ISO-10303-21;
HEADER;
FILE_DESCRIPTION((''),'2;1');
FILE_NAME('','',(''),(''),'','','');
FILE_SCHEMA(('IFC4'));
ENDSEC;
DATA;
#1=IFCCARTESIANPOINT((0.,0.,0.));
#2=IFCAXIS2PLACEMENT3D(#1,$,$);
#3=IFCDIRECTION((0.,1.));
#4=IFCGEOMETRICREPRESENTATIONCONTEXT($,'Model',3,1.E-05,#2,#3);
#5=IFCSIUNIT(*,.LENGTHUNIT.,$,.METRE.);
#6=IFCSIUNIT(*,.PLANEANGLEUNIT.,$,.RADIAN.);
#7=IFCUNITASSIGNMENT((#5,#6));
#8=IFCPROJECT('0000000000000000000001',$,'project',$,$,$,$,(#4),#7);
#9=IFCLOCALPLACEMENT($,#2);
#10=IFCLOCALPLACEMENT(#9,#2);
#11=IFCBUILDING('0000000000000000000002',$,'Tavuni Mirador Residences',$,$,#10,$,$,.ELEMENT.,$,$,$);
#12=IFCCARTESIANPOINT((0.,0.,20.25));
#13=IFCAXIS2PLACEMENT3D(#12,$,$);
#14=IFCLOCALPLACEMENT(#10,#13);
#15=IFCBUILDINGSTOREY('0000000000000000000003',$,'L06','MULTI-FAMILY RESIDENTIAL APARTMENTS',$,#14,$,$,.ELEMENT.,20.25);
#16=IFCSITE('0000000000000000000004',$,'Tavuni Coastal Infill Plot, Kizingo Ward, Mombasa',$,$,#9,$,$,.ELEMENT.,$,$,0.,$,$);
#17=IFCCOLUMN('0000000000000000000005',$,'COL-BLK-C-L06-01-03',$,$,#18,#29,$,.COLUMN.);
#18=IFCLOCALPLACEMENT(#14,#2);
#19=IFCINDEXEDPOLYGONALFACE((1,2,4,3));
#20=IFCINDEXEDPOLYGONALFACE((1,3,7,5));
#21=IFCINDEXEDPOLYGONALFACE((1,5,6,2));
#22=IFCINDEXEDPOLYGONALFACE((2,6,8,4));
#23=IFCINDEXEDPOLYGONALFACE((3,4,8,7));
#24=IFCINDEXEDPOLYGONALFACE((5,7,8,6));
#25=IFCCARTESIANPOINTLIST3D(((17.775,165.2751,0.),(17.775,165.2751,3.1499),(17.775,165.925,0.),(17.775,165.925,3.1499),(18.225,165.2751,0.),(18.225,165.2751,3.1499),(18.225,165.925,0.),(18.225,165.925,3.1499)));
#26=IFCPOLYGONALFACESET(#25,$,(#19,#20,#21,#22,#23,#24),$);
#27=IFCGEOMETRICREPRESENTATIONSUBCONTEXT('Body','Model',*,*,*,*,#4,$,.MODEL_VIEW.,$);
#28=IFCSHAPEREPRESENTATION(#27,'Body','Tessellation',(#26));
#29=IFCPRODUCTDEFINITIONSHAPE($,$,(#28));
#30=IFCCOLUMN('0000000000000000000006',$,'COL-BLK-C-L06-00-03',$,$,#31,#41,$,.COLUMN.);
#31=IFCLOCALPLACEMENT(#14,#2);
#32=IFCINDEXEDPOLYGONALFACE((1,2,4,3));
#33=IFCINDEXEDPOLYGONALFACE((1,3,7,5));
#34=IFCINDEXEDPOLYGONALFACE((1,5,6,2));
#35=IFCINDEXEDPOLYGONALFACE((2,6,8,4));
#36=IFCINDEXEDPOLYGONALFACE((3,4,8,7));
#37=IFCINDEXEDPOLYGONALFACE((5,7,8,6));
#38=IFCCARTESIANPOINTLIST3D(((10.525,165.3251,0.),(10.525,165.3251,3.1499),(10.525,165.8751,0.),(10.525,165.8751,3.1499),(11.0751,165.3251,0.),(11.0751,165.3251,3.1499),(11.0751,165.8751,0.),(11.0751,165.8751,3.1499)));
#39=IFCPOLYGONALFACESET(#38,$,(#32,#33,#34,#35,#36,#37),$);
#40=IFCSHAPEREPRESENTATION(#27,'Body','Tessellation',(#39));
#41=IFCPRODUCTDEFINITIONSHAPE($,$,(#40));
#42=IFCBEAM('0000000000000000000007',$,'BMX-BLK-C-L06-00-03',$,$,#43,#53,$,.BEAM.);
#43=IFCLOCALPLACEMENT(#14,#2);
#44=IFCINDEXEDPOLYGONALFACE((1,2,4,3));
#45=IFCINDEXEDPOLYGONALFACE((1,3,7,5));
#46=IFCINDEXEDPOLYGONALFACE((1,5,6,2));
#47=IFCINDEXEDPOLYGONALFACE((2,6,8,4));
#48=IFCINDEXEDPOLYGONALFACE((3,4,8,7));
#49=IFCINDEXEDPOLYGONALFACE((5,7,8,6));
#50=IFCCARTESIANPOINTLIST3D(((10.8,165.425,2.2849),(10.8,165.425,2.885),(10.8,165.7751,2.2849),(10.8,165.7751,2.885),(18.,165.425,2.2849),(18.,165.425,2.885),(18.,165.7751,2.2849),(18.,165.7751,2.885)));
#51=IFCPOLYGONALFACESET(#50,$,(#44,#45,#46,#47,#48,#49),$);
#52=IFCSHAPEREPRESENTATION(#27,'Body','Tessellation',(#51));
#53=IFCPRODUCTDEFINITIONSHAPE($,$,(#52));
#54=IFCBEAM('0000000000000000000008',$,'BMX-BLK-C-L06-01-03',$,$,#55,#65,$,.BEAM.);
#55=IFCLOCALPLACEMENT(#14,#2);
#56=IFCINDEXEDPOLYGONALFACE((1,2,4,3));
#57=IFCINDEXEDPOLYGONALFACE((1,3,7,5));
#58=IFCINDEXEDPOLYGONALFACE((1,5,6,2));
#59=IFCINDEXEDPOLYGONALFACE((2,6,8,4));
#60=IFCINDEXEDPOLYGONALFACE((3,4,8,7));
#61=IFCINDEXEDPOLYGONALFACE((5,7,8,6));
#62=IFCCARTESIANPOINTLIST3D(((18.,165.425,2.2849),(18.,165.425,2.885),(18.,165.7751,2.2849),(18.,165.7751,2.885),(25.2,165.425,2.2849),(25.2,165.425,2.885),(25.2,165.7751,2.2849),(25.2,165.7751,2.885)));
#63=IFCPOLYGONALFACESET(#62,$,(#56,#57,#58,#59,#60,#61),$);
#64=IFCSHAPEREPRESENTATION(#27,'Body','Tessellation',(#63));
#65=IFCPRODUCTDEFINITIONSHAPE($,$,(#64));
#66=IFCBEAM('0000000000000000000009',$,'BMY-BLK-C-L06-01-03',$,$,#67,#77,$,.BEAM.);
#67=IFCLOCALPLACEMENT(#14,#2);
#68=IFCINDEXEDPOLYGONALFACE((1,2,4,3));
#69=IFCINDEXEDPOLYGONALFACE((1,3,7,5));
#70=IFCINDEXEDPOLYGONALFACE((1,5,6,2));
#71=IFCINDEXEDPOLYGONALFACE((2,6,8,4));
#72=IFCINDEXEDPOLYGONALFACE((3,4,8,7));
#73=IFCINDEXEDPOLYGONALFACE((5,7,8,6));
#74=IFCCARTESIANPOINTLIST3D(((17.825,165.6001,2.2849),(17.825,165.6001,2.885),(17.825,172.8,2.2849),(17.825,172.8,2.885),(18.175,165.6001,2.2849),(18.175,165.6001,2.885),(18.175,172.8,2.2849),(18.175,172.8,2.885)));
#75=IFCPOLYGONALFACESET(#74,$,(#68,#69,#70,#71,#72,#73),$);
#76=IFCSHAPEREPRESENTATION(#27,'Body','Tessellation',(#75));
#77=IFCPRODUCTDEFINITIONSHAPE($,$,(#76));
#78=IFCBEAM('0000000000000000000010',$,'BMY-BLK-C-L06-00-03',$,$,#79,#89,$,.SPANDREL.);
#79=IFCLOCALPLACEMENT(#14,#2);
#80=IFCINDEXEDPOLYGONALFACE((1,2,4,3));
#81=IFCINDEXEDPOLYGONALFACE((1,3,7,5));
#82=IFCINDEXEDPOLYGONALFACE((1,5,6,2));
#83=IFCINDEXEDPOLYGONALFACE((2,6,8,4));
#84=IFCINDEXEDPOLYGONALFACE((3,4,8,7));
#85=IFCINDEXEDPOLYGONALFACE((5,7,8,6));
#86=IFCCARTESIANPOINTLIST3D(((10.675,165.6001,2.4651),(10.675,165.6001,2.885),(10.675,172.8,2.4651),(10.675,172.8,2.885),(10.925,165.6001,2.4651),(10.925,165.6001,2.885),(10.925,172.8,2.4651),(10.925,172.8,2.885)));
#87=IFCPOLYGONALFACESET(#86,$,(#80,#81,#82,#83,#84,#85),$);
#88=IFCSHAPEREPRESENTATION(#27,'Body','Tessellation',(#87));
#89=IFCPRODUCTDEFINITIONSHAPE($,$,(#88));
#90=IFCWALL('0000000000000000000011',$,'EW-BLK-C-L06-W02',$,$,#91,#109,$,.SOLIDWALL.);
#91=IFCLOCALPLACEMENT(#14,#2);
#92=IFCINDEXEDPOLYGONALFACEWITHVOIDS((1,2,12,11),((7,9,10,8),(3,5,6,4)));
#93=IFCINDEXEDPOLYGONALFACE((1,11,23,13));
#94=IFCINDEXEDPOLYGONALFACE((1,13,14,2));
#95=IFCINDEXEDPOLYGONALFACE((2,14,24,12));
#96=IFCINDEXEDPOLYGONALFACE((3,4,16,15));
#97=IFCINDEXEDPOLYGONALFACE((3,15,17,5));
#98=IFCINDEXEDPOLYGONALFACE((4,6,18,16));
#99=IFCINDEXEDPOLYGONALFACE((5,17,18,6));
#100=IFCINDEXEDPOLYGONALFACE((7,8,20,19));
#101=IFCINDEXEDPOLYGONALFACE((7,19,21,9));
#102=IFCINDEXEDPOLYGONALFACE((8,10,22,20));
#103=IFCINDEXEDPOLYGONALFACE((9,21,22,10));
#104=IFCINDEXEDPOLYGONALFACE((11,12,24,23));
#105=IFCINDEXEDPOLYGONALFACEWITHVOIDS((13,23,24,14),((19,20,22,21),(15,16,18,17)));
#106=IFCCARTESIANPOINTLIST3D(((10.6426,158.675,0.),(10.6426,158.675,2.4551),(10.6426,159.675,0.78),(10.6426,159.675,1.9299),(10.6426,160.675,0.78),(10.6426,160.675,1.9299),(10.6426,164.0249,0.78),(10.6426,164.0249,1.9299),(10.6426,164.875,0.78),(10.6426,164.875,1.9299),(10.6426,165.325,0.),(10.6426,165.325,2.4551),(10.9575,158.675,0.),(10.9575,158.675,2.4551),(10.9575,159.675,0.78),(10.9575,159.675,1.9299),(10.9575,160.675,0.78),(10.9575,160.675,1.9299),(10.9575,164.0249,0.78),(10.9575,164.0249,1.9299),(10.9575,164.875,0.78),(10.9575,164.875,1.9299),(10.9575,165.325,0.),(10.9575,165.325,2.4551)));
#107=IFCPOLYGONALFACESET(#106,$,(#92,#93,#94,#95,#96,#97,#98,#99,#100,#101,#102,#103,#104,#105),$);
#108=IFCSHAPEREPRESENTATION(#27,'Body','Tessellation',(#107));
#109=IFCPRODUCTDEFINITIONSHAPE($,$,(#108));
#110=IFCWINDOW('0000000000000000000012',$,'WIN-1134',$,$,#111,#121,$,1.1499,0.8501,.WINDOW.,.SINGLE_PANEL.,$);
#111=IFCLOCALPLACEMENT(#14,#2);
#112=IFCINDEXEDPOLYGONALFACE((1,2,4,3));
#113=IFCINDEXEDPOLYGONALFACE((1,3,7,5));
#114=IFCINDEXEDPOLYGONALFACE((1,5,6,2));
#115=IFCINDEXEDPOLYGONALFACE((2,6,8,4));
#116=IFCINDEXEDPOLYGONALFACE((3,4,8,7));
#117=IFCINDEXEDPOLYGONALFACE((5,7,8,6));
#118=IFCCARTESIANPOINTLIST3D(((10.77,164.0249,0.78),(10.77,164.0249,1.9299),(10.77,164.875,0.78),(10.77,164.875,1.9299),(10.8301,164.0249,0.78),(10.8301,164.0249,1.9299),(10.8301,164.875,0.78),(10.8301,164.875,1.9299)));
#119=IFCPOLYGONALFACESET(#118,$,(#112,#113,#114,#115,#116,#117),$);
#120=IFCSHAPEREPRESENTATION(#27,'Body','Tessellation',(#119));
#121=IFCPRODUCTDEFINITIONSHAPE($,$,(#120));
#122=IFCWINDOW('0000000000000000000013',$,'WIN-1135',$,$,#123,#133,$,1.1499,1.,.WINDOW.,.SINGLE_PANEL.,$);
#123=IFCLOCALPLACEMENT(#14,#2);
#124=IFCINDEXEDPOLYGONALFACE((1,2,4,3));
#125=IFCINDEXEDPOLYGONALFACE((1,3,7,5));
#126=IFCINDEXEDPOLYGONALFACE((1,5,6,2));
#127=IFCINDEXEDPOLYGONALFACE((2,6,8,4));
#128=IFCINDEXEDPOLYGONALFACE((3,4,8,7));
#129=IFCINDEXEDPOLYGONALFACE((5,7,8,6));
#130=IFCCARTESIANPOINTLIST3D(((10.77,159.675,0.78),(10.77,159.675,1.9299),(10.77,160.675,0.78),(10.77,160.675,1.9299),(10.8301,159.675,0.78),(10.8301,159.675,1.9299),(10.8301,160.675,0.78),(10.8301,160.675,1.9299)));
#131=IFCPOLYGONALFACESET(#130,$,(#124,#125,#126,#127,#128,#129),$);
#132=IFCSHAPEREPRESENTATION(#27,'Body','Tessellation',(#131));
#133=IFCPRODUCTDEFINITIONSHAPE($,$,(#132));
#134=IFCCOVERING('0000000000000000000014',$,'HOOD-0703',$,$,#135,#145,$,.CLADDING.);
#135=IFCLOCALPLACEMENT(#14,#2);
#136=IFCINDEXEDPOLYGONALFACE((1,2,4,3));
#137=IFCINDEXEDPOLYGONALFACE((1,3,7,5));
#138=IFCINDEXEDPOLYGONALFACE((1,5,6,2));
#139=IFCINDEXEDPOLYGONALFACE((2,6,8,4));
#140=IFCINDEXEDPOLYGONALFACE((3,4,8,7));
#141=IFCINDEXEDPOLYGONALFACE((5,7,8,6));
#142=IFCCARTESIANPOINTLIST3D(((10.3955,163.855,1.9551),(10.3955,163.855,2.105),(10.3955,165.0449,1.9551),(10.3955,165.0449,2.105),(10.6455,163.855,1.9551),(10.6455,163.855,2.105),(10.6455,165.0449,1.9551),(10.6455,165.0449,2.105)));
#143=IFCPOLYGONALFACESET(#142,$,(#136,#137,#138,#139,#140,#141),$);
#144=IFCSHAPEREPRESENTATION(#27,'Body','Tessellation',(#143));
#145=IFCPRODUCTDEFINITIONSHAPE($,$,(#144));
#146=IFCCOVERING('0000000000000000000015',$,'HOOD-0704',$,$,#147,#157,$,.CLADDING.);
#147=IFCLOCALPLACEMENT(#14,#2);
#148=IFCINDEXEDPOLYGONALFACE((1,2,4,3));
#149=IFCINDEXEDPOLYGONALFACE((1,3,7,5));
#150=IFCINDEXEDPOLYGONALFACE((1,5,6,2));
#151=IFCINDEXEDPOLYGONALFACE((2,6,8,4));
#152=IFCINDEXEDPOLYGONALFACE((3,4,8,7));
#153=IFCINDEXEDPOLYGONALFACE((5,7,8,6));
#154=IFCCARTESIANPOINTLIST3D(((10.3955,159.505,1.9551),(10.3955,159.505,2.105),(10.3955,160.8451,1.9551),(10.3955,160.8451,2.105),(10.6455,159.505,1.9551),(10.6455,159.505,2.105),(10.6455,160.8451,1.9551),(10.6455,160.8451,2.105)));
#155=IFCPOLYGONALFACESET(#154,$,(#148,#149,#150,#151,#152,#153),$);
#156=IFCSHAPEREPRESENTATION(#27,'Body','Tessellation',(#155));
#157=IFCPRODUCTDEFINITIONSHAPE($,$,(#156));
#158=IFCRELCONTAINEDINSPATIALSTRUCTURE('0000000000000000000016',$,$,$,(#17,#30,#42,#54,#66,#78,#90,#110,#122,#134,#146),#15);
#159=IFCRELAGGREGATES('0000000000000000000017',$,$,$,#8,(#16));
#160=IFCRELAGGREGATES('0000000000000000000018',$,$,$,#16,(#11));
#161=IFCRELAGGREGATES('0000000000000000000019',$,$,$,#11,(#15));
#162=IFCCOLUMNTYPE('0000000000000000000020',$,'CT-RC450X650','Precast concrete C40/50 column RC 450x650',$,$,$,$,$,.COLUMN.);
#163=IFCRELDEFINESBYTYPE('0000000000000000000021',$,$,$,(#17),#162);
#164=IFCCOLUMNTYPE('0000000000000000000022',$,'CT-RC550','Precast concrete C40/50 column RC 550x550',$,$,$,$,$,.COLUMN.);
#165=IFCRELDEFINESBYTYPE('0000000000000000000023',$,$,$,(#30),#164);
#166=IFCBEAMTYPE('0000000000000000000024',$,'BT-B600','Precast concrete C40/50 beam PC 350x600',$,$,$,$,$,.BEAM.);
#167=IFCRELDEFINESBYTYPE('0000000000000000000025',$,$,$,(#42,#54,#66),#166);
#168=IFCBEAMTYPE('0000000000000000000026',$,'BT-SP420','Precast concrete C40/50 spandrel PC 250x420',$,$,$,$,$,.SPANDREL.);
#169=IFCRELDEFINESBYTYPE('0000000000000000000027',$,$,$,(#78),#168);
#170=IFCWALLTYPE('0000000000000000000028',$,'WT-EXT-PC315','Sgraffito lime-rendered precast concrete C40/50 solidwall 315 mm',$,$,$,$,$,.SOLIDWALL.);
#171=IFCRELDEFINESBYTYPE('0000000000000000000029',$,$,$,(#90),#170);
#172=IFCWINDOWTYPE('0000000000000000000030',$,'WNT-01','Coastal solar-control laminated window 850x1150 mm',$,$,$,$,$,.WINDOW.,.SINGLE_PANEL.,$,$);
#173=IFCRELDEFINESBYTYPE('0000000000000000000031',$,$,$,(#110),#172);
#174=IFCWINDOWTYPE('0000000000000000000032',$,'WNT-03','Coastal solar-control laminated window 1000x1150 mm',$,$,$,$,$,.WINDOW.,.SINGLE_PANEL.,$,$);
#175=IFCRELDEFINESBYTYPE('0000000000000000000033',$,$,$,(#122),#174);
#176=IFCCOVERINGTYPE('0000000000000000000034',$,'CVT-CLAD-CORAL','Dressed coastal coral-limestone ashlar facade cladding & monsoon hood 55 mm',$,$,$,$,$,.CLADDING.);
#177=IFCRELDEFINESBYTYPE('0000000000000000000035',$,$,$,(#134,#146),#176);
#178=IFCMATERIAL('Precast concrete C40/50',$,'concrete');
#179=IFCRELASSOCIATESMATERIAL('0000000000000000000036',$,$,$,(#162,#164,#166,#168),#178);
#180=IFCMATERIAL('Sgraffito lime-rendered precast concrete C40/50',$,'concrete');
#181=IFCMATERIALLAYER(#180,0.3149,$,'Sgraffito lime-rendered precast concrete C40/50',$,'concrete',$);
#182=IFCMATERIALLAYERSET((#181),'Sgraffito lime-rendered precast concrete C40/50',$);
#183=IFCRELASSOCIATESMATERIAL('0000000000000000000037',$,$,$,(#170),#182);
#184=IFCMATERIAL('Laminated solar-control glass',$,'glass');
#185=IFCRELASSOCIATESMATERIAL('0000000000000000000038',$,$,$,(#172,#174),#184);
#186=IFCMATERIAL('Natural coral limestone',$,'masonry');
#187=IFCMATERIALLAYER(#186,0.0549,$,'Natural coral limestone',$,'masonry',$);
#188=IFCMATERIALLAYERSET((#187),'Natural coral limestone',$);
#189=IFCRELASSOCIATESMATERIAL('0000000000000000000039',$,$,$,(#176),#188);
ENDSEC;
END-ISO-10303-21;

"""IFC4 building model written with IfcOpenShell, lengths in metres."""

from ifc_helpers import new_model, si_unit, direction, frame, frame_2d, origin, origin_2d, place, context, subcontext, project, spatial, rectangle, extrude, material, layer, layer_set, material_profile, profile_set, type_object, element, fill, save


model = new_model("IFC4")

# Units and contexts
model_context = context("Model", 3, precision=1e-05, world=origin(), true_north=direction((0.0, 1.0)))
body_context = subcontext(model_context, "Body", "Model", "MODEL_VIEW")
ifc_project = project(units=[si_unit("LENGTHUNIT", "METRE"), si_unit("PLANEANGLEUNIT", "RADIAN")], contexts=[model_context])

# Site, building, storey
site_placement = place(None, origin())
site = spatial("IfcSite", under=ifc_project, at=site_placement, Name="Tavuni Coastal Infill Plot, Kizingo Ward, Mombasa", CompositionType="ELEMENT", RefElevation=0.0)
building_placement = place(site_placement, origin())
building = spatial("IfcBuilding", under=site, at=building_placement, Name="Tavuni Mirador Residences", CompositionType="ELEMENT")
storey_placement = place(building_placement, frame((0.0, 0.0, 20.25)))
storey = spatial("IfcBuildingStorey", under=building, at=storey_placement, Name="L06", Description="MULTI-FAMILY RESIDENTIAL APARTMENTS", CompositionType="ELEMENT", Elevation=20.25)

# Columns
ifc_material_1 = material(Name="Precast concrete C40/50", Category="concrete")
ifc_material_profile_1 = material_profile(ifc_material_1, rectangle(XDim=0.45, YDim=0.6499, at=origin_2d()), Name="RC 450x650", Category="concrete")
ifc_profile_set_1 = profile_set([ifc_material_profile_1], Name="Precast concrete C40/50")
column_type_1 = type_object("IfcColumnType", Name="CT-RC450X650", Description="Precast concrete C40/50 column RC 450x650", PredefinedType="COLUMN", material=ifc_profile_set_1)
column_1_placement = place(storey_placement, frame((18.0, 165.6001, 0.0), z_axis=(0.0, 0.0, 1.0), x_axis=(1.0, 0.0, 0.0)))
element("IfcColumn", 1, at=column_1_placement, inside=storey, type_object=column_type_1, Name="COL-BLK-C-L06-01-03", PredefinedType="COLUMN", context=body_context, shape_type="SweptSolid", body=[
    extrude(rectangle(XDim=0.45, YDim=0.6499, at=origin_2d()), origin(), (0.0, 0.0, 1.0), 3.1499),
])
ifc_material_profile_2 = material_profile(ifc_material_1, rectangle(XDim=0.55, YDim=0.55, at=origin_2d()), Name="RC 550x550", Category="concrete")
ifc_profile_set_2 = profile_set([ifc_material_profile_2], Name="Precast concrete C40/50")
column_type_2 = type_object("IfcColumnType", Name="CT-RC550", Description="Precast concrete C40/50 column RC 550x550", PredefinedType="COLUMN", material=ifc_profile_set_2)
column_2_placement = place(storey_placement, frame((10.8, 165.6001, 0.0), z_axis=(0.0, 0.0, 1.0), x_axis=(1.0, 0.0, 0.0)))
element("IfcColumn", 2, at=column_2_placement, inside=storey, type_object=column_type_2, Name="COL-BLK-C-L06-00-03", PredefinedType="COLUMN", context=body_context, shape_type="SweptSolid", body=[
    extrude(rectangle(XDim=0.55, YDim=0.55, at=origin_2d()), origin(), (0.0, 0.0, 1.0), 3.1499),
])

# Beams
ifc_material_profile_3 = material_profile(ifc_material_1, rectangle(XDim=0.3501, YDim=0.6001, at=origin_2d()), Name="PC 350x600", Category="concrete")
ifc_profile_set_3 = profile_set([ifc_material_profile_3], Name="Precast concrete C40/50")
beam_type_1 = type_object("IfcBeamType", Name="BT-B600", Description="Precast concrete C40/50 beam PC 350x600", PredefinedType="BEAM", material=ifc_profile_set_3)
for number, where, z_axis, x_axis, name in (
    (3, (10.8, 165.6001, 2.585), (1.0, 0.0, 0.0), (0.0, 1.0, 0.0), "BMX-BLK-C-L06-00-03"),
    (4, (18.0, 165.6001, 2.585), (1.0, 0.0, 0.0), (0.0, 1.0, 0.0), "BMX-BLK-C-L06-01-03"),
    (5, (18.0, 165.6001, 2.585), (0.0, 1.0, 0.0), (-1.0, 0.0, 0.0), "BMY-BLK-C-L06-01-03"),
):
    element("IfcBeam", number, at=place(storey_placement, frame(where, z_axis=z_axis, x_axis=x_axis)), inside=storey, type_object=beam_type_1, Name=name, PredefinedType="BEAM", context=body_context, shape_type="SweptSolid", body=[
        extrude(rectangle(XDim=0.3501, YDim=0.6001, at=origin_2d()), origin(), (0.0, 0.0, 1.0), 7.2),
    ])
ifc_material_profile_4 = material_profile(ifc_material_1, rectangle(XDim=0.25, YDim=0.4199, at=origin_2d()), Name="PC 250x420", Category="concrete")
ifc_profile_set_4 = profile_set([ifc_material_profile_4], Name="Precast concrete C40/50")
beam_type_2 = type_object("IfcBeamType", Name="BT-SP420", Description="Precast concrete C40/50 spandrel PC 250x420", PredefinedType="SPANDREL", material=ifc_profile_set_4)
beam_placement = place(storey_placement, frame((10.8, 165.6001, 2.675), z_axis=(0.0, 1.0, 0.0), x_axis=(-1.0, 0.0, 0.0)))
element("IfcBeam", 6, at=beam_placement, inside=storey, type_object=beam_type_2, Name="BMY-BLK-C-L06-00-03", PredefinedType="SPANDREL", context=body_context, shape_type="SweptSolid", body=[
    extrude(rectangle(XDim=0.25, YDim=0.4199, at=origin_2d()), origin(), (0.0, 0.0, 1.0), 7.2),
])

# Wall, openings, windows
ifc_material_2 = material(Name="Sgraffito lime-rendered precast concrete C40/50", Category="concrete")
ifc_layer_1 = layer(ifc_material_2, 0.3149, Name="Sgraffito lime-rendered precast concrete C40/50", Category="concrete")
ifc_layer_set_1 = layer_set([ifc_layer_1], Name="Sgraffito lime-rendered precast concrete C40/50")
wall_type_1 = type_object("IfcWallType", Name="WT-EXT-PC315", Description="Sgraffito lime-rendered precast concrete C40/50 solidwall 315 mm", PredefinedType="SOLIDWALL", material=ifc_layer_set_1)
wall_1_placement = place(storey_placement, frame((10.8, 165.325, 0.0), z_axis=(0.0, 0.0, 1.0), x_axis=(0.0, -1.0, 0.0)))
wall_1 = element("IfcWall", 7, at=wall_1_placement, inside=storey, type_object=wall_type_1, Name="EW-BLK-C-L06-W02", PredefinedType="SOLIDWALL", context=body_context, shape_type="SweptSolid", body=[
    extrude(rectangle(XDim=6.6499, YDim=0.3149, at=frame_2d((3.325, 0.0))), origin(), (0.0, 0.0, 1.0), 2.4551),
])
opening_1_placement = place(wall_1_placement, frame((0.45, 0.0, 0.78)))
opening_1 = element("IfcOpeningElement", 8, at=opening_1_placement, cuts=wall_1, PredefinedType="OPENING", context=body_context, shape_type="SweptSolid", body=[
    extrude(rectangle(XDim=0.8501, YDim=1.1499, at=frame_2d((0.425, 0.575))), frame((0.0, 0.1675, 0.0), z_axis=(0.0, -1.0, 0.0), x_axis=(1.0, 0.0, 0.0)), (0.0, 0.0, 1.0), 0.335),
])
opening_2_placement = place(wall_1_placement, frame((4.6499, 0.0, 0.78)))
opening_2 = element("IfcOpeningElement", 9, at=opening_2_placement, cuts=wall_1, PredefinedType="OPENING", context=body_context, shape_type="SweptSolid", body=[
    extrude(rectangle(XDim=1.0, YDim=1.1499, at=frame_2d((0.5, 0.575))), frame((0.0, 0.1675, 0.0), z_axis=(0.0, -1.0, 0.0), x_axis=(1.0, 0.0, 0.0)), (0.0, 0.0, 1.0), 0.335),
])
ifc_material_3 = material(Name="Laminated solar-control glass", Category="glass")
window_type_1 = type_object("IfcWindowType", Name="WNT-01", Description="Coastal solar-control laminated window 850x1150 mm", PartitioningType="SINGLE_PANEL", PredefinedType="WINDOW", material=ifc_material_3)
window_1_placement = place(opening_1_placement, origin())
window_1 = element("IfcWindow", 10, at=window_1_placement, inside=storey, type_object=window_type_1, Name="WIN-1134", OverallHeight=1.1499, OverallWidth=0.8501, PartitioningType="SINGLE_PANEL", PredefinedType="WINDOW", context=body_context, shape_type="SweptSolid", body=[
    extrude(rectangle(XDim=0.8501, YDim=1.1499, at=frame_2d((0.425, 0.575))), frame((0.0, 0.03, 0.0), z_axis=(0.0, -1.0, 0.0), x_axis=(1.0, 0.0, 0.0)), (0.0, 0.0, 1.0), 0.0601),
])
fill(opening_1, window_1)
window_type_2 = type_object("IfcWindowType", Name="WNT-03", Description="Coastal solar-control laminated window 1000x1150 mm", PartitioningType="SINGLE_PANEL", PredefinedType="WINDOW", material=ifc_material_3)
window_2_placement = place(opening_2_placement, origin())
window_2 = element("IfcWindow", 11, at=window_2_placement, inside=storey, type_object=window_type_2, Name="WIN-1135", OverallHeight=1.1499, OverallWidth=1.0, PartitioningType="SINGLE_PANEL", PredefinedType="WINDOW", context=body_context, shape_type="SweptSolid", body=[
    extrude(rectangle(XDim=1.0, YDim=1.1499, at=frame_2d((0.5, 0.575))), frame((0.0, 0.03, 0.0), z_axis=(0.0, -1.0, 0.0), x_axis=(1.0, 0.0, 0.0)), (0.0, 0.0, 1.0), 0.0601),
])
fill(opening_2, window_2)

# Coverings
ifc_material_4 = material(Name="Natural coral limestone", Category="masonry")
ifc_layer_2 = layer(ifc_material_4, 0.0549, Name="Natural coral limestone", Category="masonry")
ifc_layer_set_2 = layer_set([ifc_layer_2], Name="Natural coral limestone")
covering_type = type_object("IfcCoveringType", Name="CVT-CLAD-CORAL", Description="Dressed coastal coral-limestone ashlar facade cladding & monsoon hood 55 mm", PredefinedType="CLADDING", material=ifc_layer_set_2)
covering_1_placement = place(storey_placement, frame((10.5205, 164.45, 1.9551), z_axis=(0.0, 0.0, 1.0), x_axis=(0.0, -1.0, 0.0)))
element("IfcCovering", 12, at=covering_1_placement, inside=storey, type_object=covering_type, Name="HOOD-0703", PredefinedType="CLADDING", context=body_context, shape_type="SweptSolid", body=[
    extrude(rectangle(XDim=1.1899, YDim=0.25, at=origin_2d()), origin(), (0.0, 0.0, 1.0), 0.1499),
])
covering_2_placement = place(storey_placement, frame((10.5205, 160.175, 1.9551), z_axis=(0.0, 0.0, 1.0), x_axis=(0.0, -1.0, 0.0)))
element("IfcCovering", 13, at=covering_2_placement, inside=storey, type_object=covering_type, Name="HOOD-0704", PredefinedType="CLADDING", context=body_context, shape_type="SweptSolid", body=[
    extrude(rectangle(XDim=1.3401, YDim=0.25, at=origin_2d()), origin(), (0.0, 0.0, 1.0), 0.1499),
])

save(model, "model.ifc")
